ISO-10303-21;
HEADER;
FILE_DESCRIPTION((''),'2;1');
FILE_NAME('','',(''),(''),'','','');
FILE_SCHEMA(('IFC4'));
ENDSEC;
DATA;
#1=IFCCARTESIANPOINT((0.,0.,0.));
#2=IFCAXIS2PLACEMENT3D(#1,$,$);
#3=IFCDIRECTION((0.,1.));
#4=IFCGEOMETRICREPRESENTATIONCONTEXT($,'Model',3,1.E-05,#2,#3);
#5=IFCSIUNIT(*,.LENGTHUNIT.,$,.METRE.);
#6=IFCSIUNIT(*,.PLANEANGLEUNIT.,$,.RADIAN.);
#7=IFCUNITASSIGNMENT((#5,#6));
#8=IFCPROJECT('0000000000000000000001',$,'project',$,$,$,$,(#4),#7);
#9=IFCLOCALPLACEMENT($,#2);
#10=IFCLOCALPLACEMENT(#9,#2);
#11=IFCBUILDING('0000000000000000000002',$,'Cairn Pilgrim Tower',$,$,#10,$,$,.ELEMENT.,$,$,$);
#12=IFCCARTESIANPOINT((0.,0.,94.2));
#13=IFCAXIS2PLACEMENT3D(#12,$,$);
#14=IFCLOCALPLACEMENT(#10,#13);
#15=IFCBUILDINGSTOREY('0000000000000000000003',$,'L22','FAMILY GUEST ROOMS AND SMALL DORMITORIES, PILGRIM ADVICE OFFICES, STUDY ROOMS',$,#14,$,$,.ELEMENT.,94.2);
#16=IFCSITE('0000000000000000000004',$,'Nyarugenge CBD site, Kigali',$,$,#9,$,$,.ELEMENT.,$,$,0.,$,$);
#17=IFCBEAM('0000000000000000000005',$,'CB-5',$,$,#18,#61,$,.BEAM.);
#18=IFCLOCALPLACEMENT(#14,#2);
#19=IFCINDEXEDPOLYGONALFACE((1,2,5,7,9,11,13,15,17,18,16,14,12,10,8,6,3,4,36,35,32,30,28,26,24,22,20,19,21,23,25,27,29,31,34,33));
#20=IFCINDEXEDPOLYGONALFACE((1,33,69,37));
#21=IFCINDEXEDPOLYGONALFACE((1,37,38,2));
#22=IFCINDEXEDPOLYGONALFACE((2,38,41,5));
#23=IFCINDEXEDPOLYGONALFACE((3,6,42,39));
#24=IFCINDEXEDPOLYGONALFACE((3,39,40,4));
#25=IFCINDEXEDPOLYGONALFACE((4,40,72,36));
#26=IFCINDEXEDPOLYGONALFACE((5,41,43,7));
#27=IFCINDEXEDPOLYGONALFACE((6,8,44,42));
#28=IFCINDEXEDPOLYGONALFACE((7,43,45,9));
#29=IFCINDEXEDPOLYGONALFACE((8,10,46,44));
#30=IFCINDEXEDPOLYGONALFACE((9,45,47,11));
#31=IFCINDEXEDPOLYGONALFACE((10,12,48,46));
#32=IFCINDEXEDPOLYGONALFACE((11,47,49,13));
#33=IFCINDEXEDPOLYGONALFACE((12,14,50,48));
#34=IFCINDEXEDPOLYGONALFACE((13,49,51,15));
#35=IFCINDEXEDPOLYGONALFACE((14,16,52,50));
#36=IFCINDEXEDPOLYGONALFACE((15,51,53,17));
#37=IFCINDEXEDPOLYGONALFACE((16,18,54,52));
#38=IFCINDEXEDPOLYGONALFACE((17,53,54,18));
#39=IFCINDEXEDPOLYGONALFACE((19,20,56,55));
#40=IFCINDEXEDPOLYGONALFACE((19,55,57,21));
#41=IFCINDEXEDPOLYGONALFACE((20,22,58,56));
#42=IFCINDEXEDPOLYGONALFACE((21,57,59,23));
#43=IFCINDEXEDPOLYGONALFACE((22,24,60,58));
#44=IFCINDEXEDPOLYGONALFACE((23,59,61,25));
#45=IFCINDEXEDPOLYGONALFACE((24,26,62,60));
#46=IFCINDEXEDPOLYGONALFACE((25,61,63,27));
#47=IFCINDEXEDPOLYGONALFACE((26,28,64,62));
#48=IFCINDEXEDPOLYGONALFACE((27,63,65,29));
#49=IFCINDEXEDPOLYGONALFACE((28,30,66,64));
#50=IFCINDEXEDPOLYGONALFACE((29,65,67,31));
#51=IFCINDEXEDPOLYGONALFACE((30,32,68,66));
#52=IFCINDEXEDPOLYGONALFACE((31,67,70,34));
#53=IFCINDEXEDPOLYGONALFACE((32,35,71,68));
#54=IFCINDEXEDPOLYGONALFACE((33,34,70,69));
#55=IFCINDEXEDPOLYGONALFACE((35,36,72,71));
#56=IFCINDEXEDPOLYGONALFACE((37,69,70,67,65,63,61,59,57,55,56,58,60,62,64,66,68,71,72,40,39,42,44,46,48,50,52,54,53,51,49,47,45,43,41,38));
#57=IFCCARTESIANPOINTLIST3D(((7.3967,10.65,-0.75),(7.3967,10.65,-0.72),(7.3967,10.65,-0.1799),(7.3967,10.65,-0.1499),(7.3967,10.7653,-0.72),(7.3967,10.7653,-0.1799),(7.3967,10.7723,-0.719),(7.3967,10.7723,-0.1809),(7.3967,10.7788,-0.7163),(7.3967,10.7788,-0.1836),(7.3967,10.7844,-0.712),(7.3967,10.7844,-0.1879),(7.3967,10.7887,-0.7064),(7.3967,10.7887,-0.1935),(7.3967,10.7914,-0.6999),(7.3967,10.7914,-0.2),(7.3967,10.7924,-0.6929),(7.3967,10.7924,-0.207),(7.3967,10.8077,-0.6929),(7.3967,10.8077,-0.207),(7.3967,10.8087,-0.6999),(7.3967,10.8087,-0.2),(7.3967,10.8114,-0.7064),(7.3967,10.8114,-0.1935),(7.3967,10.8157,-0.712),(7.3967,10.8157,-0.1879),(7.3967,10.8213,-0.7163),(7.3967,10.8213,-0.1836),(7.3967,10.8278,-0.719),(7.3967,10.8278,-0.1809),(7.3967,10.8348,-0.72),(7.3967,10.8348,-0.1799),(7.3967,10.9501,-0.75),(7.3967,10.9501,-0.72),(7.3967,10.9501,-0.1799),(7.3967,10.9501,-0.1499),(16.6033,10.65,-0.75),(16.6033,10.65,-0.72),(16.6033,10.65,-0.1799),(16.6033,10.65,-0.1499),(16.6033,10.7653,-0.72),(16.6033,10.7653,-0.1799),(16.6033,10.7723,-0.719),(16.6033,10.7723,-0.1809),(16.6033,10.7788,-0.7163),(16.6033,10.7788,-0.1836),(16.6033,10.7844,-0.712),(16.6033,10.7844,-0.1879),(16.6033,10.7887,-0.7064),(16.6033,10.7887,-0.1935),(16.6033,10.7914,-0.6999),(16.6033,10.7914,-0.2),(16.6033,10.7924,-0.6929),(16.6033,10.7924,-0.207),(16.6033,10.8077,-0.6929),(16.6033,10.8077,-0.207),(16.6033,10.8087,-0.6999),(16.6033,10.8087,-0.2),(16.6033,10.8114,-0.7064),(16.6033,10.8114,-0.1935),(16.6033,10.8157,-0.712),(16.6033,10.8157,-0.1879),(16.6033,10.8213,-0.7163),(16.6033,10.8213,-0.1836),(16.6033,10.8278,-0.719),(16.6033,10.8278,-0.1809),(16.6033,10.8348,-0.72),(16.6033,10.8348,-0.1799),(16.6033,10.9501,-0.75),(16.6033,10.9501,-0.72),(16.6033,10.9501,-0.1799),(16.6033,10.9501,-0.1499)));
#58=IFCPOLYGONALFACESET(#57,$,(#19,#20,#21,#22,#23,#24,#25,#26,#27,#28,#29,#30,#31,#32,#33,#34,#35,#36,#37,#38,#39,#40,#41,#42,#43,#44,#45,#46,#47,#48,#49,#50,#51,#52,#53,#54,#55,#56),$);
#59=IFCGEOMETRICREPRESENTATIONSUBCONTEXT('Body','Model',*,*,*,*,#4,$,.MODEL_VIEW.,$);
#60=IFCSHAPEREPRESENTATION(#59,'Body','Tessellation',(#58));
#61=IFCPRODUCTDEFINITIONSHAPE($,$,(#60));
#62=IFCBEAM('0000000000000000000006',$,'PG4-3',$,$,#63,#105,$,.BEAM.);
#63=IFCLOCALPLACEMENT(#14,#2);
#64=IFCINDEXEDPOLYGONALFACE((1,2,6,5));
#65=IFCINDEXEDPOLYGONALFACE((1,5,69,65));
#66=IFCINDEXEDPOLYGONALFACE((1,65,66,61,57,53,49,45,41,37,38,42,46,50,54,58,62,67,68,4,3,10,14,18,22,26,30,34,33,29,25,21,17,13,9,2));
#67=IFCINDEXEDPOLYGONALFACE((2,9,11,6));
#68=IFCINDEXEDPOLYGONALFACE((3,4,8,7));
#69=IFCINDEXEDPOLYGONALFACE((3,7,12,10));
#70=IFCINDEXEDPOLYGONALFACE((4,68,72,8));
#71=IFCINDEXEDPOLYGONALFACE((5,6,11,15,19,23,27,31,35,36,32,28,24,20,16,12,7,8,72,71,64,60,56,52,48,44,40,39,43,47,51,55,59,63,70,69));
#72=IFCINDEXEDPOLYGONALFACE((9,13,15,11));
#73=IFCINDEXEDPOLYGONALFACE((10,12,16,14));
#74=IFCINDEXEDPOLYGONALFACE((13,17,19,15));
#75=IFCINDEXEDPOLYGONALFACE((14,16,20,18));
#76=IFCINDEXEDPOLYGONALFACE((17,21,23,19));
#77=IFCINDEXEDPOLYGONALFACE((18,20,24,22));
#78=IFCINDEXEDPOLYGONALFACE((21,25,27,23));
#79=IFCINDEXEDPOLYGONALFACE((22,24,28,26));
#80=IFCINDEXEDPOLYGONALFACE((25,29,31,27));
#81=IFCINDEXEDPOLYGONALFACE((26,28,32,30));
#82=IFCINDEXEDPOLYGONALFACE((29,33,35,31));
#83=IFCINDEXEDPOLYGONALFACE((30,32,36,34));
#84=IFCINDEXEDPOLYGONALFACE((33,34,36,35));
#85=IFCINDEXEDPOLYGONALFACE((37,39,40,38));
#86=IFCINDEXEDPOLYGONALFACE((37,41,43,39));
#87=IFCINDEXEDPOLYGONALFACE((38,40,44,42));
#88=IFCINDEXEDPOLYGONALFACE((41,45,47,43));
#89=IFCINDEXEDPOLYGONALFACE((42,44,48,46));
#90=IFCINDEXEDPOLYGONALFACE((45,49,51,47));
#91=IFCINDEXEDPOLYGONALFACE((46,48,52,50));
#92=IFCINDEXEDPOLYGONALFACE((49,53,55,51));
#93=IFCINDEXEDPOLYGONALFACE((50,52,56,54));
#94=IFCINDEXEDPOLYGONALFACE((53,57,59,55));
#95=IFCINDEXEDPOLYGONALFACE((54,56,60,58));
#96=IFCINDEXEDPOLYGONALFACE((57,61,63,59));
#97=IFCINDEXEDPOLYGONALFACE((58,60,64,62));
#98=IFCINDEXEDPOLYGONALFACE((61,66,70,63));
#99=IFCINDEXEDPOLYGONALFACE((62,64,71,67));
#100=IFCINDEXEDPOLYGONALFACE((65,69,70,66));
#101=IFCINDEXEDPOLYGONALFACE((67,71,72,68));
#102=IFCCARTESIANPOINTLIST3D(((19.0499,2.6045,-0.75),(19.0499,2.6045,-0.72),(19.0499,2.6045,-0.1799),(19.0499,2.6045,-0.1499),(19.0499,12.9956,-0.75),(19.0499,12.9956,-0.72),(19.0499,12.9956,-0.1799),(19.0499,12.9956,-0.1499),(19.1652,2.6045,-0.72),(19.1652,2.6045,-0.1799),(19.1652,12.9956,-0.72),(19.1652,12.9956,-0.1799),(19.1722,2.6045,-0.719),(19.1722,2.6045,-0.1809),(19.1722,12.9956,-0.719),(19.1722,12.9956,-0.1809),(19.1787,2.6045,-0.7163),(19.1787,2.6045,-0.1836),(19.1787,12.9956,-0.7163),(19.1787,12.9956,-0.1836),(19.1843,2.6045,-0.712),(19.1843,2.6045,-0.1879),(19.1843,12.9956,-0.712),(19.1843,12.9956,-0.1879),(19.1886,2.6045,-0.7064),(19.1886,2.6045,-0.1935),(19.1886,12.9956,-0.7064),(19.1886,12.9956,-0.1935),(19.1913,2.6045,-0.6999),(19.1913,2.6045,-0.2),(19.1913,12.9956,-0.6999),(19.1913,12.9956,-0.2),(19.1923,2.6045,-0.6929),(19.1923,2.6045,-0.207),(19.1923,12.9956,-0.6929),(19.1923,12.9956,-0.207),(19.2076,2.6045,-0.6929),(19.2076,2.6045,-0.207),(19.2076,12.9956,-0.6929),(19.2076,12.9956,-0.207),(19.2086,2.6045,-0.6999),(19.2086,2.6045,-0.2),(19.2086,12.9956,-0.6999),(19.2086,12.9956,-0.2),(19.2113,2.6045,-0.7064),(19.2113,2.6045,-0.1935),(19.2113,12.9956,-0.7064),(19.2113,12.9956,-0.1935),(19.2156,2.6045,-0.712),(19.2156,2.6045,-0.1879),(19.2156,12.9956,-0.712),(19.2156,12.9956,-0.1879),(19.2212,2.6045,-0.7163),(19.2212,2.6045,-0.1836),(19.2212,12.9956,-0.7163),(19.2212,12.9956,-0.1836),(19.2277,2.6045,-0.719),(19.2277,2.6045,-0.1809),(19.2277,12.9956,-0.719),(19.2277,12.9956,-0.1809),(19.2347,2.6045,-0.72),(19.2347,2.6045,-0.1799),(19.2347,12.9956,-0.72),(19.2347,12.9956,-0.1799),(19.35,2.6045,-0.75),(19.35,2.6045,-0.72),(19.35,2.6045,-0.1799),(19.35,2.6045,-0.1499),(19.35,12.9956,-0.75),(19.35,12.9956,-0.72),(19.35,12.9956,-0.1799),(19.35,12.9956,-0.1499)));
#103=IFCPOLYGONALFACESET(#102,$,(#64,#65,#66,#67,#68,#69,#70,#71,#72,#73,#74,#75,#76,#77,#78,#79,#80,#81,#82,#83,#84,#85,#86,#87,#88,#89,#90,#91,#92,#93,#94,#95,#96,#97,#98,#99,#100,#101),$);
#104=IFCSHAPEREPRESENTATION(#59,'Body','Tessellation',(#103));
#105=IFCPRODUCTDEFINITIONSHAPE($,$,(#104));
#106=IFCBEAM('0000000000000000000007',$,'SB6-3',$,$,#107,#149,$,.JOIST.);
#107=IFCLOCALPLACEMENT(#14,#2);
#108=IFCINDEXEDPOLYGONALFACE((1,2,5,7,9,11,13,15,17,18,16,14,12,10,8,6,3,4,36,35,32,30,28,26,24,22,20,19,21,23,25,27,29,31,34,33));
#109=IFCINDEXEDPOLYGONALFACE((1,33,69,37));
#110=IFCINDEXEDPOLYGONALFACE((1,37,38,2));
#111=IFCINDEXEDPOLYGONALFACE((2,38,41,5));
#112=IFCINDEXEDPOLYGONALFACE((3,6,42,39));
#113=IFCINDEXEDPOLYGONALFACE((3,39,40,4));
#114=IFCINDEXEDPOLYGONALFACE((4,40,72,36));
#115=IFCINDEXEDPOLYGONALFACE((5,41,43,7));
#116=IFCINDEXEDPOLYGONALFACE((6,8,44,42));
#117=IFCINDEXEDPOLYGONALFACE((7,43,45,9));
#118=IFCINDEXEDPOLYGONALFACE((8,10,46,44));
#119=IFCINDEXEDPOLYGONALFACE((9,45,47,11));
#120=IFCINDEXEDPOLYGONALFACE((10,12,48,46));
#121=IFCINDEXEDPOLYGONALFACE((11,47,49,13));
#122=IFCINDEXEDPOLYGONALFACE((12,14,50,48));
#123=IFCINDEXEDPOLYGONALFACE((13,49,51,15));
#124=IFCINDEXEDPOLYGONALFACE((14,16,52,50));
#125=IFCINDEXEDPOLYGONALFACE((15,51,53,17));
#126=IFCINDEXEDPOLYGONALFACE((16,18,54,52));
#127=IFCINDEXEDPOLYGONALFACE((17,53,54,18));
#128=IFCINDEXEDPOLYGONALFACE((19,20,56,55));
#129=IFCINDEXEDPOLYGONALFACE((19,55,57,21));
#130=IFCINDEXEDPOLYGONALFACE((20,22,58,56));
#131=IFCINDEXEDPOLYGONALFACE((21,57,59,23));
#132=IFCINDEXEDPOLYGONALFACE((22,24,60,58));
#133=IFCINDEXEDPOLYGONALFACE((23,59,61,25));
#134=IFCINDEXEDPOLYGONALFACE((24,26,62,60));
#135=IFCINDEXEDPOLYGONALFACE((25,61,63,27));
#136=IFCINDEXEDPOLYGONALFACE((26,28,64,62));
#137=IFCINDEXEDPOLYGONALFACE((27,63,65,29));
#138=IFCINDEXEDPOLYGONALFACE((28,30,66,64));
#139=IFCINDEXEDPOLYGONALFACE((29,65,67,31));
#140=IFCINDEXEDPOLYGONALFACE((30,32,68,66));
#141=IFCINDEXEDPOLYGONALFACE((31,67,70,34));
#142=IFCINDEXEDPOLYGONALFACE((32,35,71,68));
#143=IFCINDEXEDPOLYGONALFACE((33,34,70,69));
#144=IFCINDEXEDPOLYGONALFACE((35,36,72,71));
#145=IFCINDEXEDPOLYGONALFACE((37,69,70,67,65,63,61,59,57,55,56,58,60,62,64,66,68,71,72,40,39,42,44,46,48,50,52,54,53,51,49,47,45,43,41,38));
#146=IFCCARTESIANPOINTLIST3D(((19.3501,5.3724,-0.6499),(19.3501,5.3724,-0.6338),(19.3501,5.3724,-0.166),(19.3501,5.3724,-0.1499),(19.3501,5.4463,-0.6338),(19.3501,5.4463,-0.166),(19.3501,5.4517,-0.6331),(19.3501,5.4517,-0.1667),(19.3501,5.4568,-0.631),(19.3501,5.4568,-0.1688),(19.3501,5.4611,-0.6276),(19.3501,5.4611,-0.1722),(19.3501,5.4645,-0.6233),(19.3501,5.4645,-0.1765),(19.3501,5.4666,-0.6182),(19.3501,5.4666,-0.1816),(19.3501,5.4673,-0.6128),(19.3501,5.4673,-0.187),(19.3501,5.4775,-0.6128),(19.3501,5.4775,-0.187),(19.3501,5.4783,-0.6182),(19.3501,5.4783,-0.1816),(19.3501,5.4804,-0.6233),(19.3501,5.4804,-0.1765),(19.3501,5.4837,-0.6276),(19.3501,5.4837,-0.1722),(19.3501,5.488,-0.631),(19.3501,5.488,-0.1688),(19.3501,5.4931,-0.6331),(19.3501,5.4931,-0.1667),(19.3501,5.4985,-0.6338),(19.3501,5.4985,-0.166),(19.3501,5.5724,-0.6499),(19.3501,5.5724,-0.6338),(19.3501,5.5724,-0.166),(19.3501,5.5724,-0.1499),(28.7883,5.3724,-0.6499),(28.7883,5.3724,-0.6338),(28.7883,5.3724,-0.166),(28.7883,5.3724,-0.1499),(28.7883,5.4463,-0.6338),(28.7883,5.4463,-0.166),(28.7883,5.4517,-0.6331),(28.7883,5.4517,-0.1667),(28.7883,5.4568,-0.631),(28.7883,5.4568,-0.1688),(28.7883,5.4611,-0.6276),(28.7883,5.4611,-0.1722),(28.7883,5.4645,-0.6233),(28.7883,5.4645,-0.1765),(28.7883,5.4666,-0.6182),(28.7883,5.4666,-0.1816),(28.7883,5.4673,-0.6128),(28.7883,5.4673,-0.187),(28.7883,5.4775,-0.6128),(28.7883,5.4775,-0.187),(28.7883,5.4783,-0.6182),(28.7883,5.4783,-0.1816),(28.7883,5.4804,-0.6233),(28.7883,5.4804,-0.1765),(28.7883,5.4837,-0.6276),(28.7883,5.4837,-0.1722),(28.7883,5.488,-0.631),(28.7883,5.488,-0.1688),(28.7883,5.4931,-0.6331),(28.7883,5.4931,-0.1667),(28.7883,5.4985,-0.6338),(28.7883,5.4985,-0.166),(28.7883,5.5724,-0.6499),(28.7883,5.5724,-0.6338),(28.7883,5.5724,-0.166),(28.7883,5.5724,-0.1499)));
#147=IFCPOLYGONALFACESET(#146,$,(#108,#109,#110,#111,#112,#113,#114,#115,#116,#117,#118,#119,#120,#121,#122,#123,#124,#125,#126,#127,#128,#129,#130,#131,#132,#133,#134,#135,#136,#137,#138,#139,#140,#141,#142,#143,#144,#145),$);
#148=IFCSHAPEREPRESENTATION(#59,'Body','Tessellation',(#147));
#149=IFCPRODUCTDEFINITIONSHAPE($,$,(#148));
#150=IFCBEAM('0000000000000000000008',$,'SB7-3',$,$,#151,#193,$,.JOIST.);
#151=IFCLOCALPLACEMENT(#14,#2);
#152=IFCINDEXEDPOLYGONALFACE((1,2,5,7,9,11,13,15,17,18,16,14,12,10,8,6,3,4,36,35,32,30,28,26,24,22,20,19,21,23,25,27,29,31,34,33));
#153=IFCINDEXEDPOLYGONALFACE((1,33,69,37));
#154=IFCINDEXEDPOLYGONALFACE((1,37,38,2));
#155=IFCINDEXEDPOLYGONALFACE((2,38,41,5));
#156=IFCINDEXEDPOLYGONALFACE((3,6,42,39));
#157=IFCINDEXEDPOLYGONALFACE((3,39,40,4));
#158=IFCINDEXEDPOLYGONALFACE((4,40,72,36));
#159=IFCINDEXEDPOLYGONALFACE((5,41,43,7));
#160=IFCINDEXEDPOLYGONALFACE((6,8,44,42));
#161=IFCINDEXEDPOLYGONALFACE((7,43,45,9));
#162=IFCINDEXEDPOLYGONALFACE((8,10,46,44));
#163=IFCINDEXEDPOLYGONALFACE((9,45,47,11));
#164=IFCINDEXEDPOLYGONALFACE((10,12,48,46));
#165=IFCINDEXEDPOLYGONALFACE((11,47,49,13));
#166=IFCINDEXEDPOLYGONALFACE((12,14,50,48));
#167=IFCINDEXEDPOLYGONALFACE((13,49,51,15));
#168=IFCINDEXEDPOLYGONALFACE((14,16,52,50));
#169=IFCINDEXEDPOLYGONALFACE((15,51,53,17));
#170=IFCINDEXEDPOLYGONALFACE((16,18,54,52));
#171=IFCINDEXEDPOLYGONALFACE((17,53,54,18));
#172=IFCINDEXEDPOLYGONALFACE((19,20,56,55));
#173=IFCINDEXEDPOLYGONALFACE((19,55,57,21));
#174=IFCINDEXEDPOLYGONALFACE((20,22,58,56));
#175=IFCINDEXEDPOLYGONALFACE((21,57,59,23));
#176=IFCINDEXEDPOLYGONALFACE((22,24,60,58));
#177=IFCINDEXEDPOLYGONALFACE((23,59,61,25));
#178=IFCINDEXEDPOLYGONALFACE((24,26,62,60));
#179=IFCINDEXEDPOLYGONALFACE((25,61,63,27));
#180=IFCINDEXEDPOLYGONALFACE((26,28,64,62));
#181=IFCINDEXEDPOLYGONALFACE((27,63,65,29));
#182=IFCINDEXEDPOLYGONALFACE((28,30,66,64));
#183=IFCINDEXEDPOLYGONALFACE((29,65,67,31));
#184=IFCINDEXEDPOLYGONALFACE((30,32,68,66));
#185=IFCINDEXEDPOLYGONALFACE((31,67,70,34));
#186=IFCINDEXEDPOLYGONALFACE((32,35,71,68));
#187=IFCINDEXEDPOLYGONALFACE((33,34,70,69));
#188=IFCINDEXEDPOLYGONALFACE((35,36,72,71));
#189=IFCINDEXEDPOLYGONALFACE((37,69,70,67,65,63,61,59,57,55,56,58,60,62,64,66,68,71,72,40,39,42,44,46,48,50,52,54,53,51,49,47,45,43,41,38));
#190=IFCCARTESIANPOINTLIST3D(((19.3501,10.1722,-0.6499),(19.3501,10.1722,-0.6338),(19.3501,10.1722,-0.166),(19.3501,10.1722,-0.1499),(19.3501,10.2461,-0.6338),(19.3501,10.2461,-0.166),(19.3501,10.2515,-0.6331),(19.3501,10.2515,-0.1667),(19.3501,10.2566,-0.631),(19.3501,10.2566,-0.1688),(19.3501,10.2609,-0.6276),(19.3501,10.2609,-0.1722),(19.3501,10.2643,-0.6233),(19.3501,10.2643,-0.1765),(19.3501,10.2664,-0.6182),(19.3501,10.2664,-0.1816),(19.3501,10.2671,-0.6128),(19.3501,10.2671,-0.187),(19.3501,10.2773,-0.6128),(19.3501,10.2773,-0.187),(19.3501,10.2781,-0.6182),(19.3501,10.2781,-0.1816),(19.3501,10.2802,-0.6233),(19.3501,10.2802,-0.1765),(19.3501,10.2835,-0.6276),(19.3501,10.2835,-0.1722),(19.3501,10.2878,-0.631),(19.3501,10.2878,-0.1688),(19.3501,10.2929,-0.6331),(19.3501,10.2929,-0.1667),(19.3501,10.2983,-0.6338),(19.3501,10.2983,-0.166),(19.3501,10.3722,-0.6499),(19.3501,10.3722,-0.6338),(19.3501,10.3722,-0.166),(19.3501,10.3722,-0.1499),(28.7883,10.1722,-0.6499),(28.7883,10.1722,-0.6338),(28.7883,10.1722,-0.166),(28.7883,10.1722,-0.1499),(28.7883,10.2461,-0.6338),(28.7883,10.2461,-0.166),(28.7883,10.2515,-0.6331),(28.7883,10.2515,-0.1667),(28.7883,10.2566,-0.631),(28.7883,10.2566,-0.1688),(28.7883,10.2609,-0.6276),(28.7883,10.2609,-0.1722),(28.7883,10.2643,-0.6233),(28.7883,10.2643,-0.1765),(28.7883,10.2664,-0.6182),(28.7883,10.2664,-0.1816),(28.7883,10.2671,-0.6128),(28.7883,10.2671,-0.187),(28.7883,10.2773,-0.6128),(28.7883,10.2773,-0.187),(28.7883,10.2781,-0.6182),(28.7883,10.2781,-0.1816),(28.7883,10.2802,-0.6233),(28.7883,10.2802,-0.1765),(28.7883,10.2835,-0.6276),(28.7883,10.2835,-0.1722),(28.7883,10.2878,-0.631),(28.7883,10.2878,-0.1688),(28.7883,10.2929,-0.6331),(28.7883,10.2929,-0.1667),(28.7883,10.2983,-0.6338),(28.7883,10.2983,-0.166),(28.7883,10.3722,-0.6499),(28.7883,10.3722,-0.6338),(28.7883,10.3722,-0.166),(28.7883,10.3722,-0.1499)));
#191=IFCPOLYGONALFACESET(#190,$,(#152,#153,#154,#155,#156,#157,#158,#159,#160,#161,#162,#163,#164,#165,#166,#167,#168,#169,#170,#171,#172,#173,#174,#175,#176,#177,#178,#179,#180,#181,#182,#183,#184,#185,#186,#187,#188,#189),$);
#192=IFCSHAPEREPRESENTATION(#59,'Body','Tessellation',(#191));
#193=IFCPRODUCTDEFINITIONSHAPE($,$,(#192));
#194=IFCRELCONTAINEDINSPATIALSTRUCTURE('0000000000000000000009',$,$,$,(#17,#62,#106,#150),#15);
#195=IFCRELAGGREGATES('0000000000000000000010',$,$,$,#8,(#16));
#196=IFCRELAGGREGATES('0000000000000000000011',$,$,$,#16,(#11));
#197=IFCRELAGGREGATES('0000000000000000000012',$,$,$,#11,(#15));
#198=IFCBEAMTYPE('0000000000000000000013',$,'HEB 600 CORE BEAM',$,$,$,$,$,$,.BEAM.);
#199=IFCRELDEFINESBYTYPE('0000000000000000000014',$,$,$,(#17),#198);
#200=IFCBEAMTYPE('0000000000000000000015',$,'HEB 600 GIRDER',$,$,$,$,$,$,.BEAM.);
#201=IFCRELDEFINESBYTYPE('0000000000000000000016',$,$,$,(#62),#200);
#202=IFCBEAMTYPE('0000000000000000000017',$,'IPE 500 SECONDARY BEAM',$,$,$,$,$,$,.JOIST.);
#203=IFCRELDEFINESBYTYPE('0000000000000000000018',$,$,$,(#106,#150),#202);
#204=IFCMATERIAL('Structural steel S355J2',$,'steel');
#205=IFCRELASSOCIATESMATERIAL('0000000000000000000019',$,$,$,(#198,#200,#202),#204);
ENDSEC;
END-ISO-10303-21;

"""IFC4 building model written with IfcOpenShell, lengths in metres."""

from ifc_helpers import new_model, si_unit, direction, frame, origin, origin_2d, place, context, subcontext, project, spatial, i_section, extrude, material, material_profile, profile_set, type_object, element, save


model = new_model("IFC4")

# Units and contexts
model_context = context("Model", 3, precision=1e-05, world=origin(), true_north=direction((0.0, 1.0)))
body_context = subcontext(model_context, "Body", "Model", "MODEL_VIEW")
ifc_project = project(units=[si_unit("LENGTHUNIT", "METRE"), si_unit("PLANEANGLEUNIT", "RADIAN")], contexts=[model_context])

# Site, building, storey
site_placement = place(None, origin())
site = spatial("IfcSite", under=ifc_project, at=site_placement, Name="Nyarugenge CBD site, Kigali", CompositionType="ELEMENT", RefElevation=0.0)
building_placement = place(site_placement, origin())
building = spatial("IfcBuilding", under=site, at=building_placement, Name="Cairn Pilgrim Tower", CompositionType="ELEMENT")
storey_placement = place(building_placement, frame((0.0, 0.0, 94.2)))
storey = spatial("IfcBuildingStorey", under=building, at=storey_placement, Name="L22", Description="FAMILY GUEST ROOMS AND SMALL DORMITORIES, PILGRIM ADVICE OFFICES, STUDY ROOMS", CompositionType="ELEMENT", Elevation=94.2)

# Beams
ifc_material_1 = material(Name="Structural steel S355J2", Category="steel")
ifc_material_profile_1 = material_profile(ifc_material_1, i_section(OverallWidth=0.3, OverallDepth=0.6001, WebThickness=0.0154, FlangeThickness=0.03, FilletRadius=0.0271, at=origin_2d()), Name="HEB 600")
ifc_profile_set_1 = profile_set([ifc_material_profile_1], Name="Structural steel S355J2")
beam_type_1 = type_object("IfcBeamType", Name="HEB 600 CORE BEAM", PredefinedType="BEAM", material=ifc_profile_set_1)
beam_1_placement = place(storey_placement, frame((16.6033, 10.8, -0.45), z_axis=(-1.0, 0.0, 0.0), x_axis=(0.0, -1.0, 0.0)))
element("IfcBeam", 1, at=beam_1_placement, inside=storey, type_object=beam_type_1, Name="CB-5", PredefinedType="BEAM", context=body_context, shape_type="SweptSolid", body=[
    extrude(i_section(OverallWidth=0.3, OverallDepth=0.6001, WebThickness=0.0154, FlangeThickness=0.03, FilletRadius=0.0271, at=origin_2d()), origin(), (0.0, 0.0, 1.0), 9.2065),
])
ifc_material_profile_2 = material_profile(ifc_material_1, i_section(OverallWidth=0.3, OverallDepth=0.6001, WebThickness=0.0154, FlangeThickness=0.03, FilletRadius=0.0271, at=origin_2d()), Name="HEB 600")
ifc_profile_set_2 = profile_set([ifc_material_profile_2], Name="Structural steel S355J2")
beam_type_2 = type_object("IfcBeamType", Name="HEB 600 GIRDER", PredefinedType="BEAM", material=ifc_profile_set_2)
beam_2_placement = place(storey_placement, frame((19.2, 2.6045, -0.45), z_axis=(0.0, 1.0, 0.0), x_axis=(-1.0, 0.0, 0.0)))
element("IfcBeam", 2, at=beam_2_placement, inside=storey, type_object=beam_type_2, Name="PG4-3", PredefinedType="BEAM", context=body_context, shape_type="SweptSolid", body=[
    extrude(i_section(OverallWidth=0.3, OverallDepth=0.6001, WebThickness=0.0154, FlangeThickness=0.03, FilletRadius=0.0271, at=origin_2d()), origin(), (0.0, 0.0, 1.0), 10.3911),
])
ifc_material_profile_3 = material_profile(ifc_material_1, i_section(OverallWidth=0.2, OverallDepth=0.5, WebThickness=0.0103, FlangeThickness=0.0161, FilletRadius=0.021, at=origin_2d()), Name="IPE 500")
ifc_profile_set_3 = profile_set([ifc_material_profile_3], Name="Structural steel S355J2")
beam_type_3 = type_object("IfcBeamType", Name="IPE 500 SECONDARY BEAM", PredefinedType="JOIST", material=ifc_profile_set_3)
for number, where, z_axis, x_axis, name in (
    (3, (19.3501, 5.4724, -0.3999), (1.0, 0.0, 0.0), (0.0, 1.0, 0.0), "SB6-3"),
    (4, (19.3501, 10.2722, -0.3999), (1.0, 0.0, 0.0), (0.0, 1.0, 0.0), "SB7-3"),
):
    element("IfcBeam", number, at=place(storey_placement, frame(where, z_axis=z_axis, x_axis=x_axis)), inside=storey, type_object=beam_type_3, Name=name, PredefinedType="JOIST", context=body_context, shape_type="SweptSolid", body=[
        extrude(i_section(OverallWidth=0.2, OverallDepth=0.5, WebThickness=0.0103, FlangeThickness=0.0161, FilletRadius=0.021, at=origin_2d()), origin(), (0.0, 0.0, 1.0), 9.4382),
    ])

save(model, "model.ifc")
